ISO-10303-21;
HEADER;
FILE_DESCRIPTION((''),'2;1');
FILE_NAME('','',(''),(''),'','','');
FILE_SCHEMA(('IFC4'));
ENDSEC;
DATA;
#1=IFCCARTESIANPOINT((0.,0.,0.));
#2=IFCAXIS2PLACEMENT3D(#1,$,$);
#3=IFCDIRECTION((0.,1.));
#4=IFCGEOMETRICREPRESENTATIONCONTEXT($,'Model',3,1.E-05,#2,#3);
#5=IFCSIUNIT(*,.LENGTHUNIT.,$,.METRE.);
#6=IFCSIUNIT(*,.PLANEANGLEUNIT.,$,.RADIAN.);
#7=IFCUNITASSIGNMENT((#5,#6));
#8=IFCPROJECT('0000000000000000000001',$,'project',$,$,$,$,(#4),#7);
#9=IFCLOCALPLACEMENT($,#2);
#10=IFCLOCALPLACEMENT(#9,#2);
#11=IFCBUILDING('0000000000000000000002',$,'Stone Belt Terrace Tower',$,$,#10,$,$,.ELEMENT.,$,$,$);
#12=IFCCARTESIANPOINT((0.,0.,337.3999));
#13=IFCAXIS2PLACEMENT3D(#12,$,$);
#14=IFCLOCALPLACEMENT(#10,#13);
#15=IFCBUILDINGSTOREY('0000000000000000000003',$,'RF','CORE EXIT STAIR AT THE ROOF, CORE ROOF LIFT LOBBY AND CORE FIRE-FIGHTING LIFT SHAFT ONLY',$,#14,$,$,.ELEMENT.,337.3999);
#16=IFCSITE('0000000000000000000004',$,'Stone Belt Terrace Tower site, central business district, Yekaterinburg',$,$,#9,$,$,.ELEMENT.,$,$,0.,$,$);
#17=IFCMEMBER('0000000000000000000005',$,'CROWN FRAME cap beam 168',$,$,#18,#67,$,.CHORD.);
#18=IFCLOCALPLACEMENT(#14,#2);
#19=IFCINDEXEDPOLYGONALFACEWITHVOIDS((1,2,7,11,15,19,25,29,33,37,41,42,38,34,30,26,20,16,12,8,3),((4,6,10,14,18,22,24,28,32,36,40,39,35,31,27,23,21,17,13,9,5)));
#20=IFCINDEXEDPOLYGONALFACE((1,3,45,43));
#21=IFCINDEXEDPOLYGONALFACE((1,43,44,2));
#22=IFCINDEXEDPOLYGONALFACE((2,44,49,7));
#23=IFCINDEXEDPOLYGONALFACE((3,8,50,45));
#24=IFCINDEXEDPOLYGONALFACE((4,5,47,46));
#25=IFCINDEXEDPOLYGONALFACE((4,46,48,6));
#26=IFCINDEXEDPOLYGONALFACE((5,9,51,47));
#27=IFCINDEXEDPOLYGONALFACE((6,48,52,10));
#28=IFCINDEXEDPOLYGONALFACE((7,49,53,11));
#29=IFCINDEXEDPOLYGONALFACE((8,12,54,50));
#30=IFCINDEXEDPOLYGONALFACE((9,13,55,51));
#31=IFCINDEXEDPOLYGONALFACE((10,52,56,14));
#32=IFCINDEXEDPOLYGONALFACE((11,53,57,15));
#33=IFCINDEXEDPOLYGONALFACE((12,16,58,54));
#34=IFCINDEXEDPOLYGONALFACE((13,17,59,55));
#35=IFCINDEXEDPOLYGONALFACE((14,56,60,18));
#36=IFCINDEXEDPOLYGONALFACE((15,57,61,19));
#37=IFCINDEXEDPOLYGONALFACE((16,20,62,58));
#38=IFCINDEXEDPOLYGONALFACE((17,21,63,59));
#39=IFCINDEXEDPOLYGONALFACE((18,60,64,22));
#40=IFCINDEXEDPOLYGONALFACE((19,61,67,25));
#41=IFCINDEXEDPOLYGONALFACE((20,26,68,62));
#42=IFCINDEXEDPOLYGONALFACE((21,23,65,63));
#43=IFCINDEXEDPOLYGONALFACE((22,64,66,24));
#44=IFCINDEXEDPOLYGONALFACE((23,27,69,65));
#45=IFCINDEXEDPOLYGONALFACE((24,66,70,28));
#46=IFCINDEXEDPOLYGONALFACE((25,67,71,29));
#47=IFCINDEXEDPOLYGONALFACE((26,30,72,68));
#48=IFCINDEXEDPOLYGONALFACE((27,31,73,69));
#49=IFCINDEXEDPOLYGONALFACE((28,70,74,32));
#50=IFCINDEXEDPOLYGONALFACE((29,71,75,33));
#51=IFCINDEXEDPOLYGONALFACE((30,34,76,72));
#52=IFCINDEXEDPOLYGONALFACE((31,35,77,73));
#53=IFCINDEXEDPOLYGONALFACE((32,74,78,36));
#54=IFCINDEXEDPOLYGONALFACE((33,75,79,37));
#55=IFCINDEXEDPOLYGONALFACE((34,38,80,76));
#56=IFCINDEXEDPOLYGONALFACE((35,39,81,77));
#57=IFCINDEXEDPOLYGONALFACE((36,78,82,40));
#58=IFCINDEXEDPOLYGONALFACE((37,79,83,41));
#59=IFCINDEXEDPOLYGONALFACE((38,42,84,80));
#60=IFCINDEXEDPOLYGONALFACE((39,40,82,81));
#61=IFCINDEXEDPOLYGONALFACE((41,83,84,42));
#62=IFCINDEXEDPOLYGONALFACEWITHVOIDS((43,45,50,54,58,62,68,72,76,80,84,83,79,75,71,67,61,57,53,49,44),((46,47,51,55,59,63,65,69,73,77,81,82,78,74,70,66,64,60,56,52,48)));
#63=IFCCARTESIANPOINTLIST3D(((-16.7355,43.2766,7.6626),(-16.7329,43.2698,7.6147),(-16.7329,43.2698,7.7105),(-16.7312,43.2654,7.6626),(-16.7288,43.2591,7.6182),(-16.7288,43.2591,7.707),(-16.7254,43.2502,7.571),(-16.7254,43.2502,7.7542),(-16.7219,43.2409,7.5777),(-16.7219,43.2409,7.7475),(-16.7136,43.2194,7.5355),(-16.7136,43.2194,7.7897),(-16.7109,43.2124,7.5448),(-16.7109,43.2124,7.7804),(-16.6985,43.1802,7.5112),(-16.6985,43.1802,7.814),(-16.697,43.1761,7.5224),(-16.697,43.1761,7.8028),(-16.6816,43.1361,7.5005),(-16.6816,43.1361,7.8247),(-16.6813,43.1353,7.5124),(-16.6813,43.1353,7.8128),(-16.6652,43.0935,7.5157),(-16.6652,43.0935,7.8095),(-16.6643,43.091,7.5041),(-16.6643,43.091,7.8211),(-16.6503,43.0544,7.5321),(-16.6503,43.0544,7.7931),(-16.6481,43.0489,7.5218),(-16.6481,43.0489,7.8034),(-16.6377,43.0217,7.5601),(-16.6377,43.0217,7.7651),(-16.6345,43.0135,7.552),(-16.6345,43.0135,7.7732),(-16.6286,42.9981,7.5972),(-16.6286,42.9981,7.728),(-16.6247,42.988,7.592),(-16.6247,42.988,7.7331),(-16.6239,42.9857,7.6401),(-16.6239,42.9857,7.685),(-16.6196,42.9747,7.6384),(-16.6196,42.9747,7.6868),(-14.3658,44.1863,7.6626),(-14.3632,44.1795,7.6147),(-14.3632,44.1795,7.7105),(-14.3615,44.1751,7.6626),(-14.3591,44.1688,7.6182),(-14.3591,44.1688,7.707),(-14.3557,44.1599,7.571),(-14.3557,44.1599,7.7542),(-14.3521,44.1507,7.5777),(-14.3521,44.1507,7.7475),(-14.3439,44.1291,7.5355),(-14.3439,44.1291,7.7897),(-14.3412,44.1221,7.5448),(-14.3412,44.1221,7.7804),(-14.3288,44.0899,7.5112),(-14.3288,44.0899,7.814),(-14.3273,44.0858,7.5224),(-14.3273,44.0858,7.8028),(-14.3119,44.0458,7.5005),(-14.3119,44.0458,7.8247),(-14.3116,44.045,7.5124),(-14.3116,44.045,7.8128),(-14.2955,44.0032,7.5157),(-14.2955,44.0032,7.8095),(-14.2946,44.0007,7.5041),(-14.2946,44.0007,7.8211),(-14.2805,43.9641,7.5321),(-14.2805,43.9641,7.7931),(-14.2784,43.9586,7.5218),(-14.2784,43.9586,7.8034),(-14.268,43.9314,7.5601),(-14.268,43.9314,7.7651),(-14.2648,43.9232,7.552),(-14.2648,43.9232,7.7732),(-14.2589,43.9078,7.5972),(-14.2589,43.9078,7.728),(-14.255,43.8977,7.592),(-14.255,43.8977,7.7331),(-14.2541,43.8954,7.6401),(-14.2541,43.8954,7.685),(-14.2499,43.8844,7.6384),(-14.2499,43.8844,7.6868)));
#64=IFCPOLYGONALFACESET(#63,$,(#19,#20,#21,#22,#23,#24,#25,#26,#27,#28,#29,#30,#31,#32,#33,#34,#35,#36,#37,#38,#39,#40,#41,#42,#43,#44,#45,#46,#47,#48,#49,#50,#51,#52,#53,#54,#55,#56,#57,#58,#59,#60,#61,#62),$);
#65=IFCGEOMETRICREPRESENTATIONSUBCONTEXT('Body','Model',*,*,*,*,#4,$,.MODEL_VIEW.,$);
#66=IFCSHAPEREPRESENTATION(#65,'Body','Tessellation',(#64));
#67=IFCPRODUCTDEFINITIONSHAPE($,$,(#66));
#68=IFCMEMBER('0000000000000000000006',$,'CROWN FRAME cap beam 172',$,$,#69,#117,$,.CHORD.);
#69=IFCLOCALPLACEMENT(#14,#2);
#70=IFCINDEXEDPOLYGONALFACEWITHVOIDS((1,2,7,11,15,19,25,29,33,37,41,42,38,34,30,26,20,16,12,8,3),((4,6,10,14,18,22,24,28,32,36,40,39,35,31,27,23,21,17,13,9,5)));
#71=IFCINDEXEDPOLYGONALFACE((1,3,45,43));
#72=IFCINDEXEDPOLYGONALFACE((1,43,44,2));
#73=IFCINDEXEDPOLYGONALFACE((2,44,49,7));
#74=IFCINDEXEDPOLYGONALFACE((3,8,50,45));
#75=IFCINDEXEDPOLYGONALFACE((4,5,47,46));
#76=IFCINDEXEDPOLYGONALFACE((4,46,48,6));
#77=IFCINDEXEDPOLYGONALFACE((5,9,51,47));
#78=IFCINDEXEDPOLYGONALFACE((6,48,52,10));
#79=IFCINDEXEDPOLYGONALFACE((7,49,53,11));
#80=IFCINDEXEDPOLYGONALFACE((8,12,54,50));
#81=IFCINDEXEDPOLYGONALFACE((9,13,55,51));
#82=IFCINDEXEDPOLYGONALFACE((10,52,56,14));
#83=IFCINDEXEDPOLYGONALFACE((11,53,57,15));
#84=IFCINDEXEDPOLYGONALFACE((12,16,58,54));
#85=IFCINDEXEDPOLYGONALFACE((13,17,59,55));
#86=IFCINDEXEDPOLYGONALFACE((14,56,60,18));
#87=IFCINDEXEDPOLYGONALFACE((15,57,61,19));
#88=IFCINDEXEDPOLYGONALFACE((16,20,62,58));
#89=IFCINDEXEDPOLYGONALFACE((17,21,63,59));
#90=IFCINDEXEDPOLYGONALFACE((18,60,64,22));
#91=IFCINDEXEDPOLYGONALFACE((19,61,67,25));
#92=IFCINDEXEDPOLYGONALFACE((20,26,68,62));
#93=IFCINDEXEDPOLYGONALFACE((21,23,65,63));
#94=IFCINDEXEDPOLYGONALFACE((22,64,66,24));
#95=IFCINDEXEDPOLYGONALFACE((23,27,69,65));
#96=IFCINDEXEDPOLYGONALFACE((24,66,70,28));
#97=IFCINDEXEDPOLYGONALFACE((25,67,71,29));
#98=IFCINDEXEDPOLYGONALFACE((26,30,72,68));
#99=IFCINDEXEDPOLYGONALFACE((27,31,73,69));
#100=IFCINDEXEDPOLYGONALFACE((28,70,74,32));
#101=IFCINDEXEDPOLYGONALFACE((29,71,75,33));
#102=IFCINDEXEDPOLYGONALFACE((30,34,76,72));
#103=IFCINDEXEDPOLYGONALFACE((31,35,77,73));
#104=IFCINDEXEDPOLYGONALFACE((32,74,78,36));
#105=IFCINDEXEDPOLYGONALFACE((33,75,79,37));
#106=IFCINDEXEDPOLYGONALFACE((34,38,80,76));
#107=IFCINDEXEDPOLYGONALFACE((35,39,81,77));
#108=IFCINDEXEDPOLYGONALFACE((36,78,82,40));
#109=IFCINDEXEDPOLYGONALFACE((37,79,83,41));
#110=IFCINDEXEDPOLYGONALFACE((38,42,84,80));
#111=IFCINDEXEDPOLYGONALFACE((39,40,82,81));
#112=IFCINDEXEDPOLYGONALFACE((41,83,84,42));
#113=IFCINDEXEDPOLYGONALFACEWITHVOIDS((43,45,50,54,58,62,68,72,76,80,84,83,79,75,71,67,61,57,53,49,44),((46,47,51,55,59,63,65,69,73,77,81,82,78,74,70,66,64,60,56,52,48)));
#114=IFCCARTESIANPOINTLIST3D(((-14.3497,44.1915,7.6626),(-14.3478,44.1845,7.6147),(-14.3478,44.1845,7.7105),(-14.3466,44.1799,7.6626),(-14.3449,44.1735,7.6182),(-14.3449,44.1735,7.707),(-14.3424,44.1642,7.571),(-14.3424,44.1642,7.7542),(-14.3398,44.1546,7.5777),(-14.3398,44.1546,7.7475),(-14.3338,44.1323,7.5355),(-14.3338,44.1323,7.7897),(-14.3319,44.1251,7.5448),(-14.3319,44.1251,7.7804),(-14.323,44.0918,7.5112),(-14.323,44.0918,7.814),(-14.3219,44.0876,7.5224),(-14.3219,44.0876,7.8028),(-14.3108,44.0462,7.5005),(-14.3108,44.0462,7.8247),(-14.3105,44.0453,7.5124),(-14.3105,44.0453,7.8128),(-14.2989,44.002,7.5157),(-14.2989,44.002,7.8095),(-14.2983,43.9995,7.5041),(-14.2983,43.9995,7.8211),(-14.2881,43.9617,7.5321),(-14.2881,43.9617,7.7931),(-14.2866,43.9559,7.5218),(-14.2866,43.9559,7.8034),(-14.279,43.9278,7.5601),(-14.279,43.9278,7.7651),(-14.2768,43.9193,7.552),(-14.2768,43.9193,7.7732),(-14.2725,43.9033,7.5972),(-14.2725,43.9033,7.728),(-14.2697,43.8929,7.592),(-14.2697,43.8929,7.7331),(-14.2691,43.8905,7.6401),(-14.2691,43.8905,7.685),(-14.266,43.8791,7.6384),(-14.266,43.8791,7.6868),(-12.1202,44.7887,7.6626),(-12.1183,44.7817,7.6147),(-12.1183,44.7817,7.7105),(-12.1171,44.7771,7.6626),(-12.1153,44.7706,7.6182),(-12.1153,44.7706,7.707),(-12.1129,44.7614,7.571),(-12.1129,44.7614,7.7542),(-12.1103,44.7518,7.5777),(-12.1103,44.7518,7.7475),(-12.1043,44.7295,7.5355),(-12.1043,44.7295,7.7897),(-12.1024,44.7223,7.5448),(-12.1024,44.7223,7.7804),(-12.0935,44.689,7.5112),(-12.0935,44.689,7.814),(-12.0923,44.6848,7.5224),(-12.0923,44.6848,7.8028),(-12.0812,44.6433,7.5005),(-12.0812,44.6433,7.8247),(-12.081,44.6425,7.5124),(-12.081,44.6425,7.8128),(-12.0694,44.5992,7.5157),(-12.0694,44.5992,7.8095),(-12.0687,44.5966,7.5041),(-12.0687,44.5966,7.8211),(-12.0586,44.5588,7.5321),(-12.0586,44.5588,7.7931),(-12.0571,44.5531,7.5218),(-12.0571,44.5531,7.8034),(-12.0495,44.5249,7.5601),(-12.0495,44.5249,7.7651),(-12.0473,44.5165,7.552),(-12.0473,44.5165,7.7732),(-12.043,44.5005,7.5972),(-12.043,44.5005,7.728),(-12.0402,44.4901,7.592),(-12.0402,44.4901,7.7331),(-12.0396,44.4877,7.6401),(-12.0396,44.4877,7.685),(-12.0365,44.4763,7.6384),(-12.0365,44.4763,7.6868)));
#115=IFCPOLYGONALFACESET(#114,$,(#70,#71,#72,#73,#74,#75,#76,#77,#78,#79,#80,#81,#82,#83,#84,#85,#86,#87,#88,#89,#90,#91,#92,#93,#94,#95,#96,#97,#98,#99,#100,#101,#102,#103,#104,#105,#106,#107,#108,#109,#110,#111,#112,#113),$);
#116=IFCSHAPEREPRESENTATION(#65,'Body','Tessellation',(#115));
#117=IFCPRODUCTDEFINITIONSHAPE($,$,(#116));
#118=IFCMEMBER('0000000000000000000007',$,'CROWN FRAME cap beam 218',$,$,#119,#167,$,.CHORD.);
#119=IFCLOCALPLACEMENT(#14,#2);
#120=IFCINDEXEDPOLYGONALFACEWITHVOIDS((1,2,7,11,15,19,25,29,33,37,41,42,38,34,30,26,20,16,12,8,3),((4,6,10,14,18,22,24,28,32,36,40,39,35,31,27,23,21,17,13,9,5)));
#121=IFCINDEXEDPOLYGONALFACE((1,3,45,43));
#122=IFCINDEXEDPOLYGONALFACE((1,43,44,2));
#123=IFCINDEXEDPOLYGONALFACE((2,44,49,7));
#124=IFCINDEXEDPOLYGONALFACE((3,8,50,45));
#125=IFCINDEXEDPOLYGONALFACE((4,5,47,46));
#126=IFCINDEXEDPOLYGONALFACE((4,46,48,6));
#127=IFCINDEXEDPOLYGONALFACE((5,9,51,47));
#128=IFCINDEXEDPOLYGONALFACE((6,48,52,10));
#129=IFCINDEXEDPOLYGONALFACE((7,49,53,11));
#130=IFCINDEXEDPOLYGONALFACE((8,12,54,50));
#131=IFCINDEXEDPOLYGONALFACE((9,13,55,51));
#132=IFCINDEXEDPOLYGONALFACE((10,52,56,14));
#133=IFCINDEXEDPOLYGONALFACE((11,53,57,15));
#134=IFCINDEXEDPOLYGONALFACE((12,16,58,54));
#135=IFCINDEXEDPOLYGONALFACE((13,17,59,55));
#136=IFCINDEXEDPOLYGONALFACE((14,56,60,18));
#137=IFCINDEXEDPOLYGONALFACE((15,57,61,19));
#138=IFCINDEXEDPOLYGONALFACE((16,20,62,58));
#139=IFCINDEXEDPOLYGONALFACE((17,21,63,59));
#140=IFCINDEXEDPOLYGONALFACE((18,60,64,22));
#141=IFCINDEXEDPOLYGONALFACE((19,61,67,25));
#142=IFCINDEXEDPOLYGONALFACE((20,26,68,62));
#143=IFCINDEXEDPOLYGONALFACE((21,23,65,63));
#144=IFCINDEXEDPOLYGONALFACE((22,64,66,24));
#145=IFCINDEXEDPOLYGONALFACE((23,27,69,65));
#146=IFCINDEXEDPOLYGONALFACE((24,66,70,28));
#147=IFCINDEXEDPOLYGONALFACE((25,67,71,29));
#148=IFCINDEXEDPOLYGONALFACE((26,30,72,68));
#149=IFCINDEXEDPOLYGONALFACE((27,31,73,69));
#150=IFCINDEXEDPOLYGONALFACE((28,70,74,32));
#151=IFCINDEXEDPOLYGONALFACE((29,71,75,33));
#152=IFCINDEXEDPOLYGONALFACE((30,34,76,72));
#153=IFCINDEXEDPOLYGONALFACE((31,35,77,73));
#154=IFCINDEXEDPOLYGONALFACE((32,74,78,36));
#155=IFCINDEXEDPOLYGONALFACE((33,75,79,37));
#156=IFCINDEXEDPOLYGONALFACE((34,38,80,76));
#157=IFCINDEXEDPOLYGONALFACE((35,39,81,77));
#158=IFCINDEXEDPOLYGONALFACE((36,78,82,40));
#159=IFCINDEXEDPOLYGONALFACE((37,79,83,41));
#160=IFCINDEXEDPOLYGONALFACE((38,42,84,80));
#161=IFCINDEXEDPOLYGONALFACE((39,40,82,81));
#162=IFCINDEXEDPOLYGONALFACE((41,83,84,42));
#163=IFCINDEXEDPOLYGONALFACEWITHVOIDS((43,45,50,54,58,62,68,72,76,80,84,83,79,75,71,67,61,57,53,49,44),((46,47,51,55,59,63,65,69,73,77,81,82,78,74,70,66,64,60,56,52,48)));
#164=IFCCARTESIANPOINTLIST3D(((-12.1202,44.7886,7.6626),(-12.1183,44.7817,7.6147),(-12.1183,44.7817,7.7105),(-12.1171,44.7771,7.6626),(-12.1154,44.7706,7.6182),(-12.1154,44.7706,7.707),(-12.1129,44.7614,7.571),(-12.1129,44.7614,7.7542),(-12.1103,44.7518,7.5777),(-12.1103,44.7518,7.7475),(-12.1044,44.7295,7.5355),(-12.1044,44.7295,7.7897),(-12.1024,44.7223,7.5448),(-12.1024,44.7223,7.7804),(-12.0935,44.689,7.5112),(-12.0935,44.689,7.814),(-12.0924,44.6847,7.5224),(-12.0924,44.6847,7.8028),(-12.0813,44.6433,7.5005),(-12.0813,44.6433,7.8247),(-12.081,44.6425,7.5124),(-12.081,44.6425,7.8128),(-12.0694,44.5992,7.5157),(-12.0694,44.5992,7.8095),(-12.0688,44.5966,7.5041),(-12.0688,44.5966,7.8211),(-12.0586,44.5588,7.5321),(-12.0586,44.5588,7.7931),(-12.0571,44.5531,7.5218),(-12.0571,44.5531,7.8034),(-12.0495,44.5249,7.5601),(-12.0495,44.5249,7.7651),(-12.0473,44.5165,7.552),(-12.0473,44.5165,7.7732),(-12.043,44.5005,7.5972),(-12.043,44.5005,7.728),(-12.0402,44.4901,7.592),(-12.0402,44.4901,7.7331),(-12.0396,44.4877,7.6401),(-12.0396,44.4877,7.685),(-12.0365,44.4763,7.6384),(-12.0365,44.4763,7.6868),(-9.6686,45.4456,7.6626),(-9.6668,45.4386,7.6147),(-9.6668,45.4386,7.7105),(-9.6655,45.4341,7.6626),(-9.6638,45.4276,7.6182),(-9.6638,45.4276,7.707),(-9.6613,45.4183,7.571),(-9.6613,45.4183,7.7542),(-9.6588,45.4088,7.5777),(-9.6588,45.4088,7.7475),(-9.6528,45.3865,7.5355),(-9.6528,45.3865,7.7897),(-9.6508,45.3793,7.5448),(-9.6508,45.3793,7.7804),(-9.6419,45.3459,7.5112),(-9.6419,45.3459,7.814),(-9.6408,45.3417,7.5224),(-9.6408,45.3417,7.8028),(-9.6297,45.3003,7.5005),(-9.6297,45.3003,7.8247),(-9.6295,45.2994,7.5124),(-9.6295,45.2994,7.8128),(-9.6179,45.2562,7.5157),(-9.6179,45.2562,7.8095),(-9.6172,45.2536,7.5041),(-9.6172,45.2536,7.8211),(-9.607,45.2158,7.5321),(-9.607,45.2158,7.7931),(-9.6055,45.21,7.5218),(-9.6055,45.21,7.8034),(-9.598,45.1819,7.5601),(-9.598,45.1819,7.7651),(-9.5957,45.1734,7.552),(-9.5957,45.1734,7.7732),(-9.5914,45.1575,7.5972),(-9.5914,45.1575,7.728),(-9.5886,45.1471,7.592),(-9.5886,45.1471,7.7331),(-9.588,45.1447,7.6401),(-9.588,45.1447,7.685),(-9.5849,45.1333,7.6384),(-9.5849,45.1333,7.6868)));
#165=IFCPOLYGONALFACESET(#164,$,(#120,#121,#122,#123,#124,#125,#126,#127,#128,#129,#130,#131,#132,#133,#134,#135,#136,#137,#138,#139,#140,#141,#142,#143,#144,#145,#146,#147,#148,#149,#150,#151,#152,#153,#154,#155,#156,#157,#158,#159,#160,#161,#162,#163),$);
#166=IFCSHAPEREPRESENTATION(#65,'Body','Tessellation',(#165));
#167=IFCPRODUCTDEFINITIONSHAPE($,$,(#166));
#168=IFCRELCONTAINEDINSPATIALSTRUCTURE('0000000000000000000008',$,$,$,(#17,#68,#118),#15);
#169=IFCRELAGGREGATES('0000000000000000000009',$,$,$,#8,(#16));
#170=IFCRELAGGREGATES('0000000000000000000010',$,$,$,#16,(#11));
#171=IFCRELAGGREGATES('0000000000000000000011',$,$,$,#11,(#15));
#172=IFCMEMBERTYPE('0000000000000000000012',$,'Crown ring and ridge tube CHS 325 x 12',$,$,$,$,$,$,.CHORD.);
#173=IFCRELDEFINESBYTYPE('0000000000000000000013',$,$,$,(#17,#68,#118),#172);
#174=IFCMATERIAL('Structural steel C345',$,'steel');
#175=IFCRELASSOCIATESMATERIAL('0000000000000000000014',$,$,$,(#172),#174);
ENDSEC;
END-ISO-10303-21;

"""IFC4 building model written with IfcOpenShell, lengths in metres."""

from ifc_helpers import new_model, si_unit, direction, frame, origin, origin_2d, place, context, subcontext, project, spatial, hollow_circle, extrude, material, material_profile, profile_set, type_object, element, save


model = new_model("IFC4")

# Units and contexts
model_context = context("Model", 3, precision=1e-05, world=origin(), true_north=direction((0.0, 1.0)))
body_context = subcontext(model_context, "Body", "Model", "MODEL_VIEW")
ifc_project = project(units=[si_unit("LENGTHUNIT", "METRE"), si_unit("PLANEANGLEUNIT", "RADIAN")], contexts=[model_context])

# Site, building, storey
site_placement = place(None, origin())
site = spatial("IfcSite", under=ifc_project, at=site_placement, Name="Stone Belt Terrace Tower site, central business district, Yekaterinburg", CompositionType="ELEMENT", RefElevation=0.0)
building_placement = place(site_placement, origin())
building = spatial("IfcBuilding", under=site, at=building_placement, Name="Stone Belt Terrace Tower", CompositionType="ELEMENT")
storey_placement = place(building_placement, frame((0.0, 0.0, 337.3999)))
storey = spatial("IfcBuildingStorey", under=building, at=storey_placement, Name="RF", Description="CORE EXIT STAIR AT THE ROOF, CORE ROOF LIFT LOBBY AND CORE FIRE-FIGHTING LIFT SHAFT ONLY", CompositionType="ELEMENT", Elevation=337.3999)

# Members
ifc_material_1 = material(Name="Structural steel C345", Category="steel")
ifc_material_profile_1 = material_profile(ifc_material_1, hollow_circle(Radius=0.1626, WallThickness=0.012, at=origin_2d()), Name="Structural steel C345 CHS 325x12")
ifc_profile_set_1 = profile_set([ifc_material_profile_1], Name="Structural steel C345")
member_type_1 = type_object("IfcMemberType", Name="Crown ring and ridge tube CHS 325 x 12", PredefinedType="CHORD", material=ifc_profile_set_1)
member_1_placement = place(storey_placement, frame((-16.6772, 43.1248, 7.6626), z_axis=(0.933573, 0.358386, 0.0), x_axis=(-0.358386, 0.933573, 0.0)))
element("IfcMember", 1, at=member_1_placement, inside=storey, type_object=member_type_1, Name="CROWN FRAME cap beam 168", PredefinedType="CHORD", context=body_context, shape_type="SweptSolid", body=[
    extrude(hollow_circle(Radius=0.1626, WallThickness=0.012, at=origin_2d()), origin(), (0.0, 0.0, 1.0), 2.5383),
])
member_2_placement = place(storey_placement, frame((-14.3076, 44.0344, 7.6626), z_axis=(0.96595, 0.258729, 0.0), x_axis=(-0.258729, 0.96595, 0.0)))
element("IfcMember", 2, at=member_2_placement, inside=storey, type_object=member_type_1, Name="CROWN FRAME cap beam 172", PredefinedType="CHORD", context=body_context, shape_type="SweptSolid", body=[
    extrude(hollow_circle(Radius=0.1626, WallThickness=0.012, at=origin_2d()), origin(), (0.0, 0.0, 1.0), 2.3081),
])
member_3_placement = place(storey_placement, frame((-12.0781, 44.6316, 7.6626), z_axis=(0.96592, 0.258842, 0.0), x_axis=(-0.258842, 0.96592, 0.0)))
element("IfcMember", 3, at=member_3_placement, inside=storey, type_object=member_type_1, Name="CROWN FRAME cap beam 218", PredefinedType="CHORD", context=body_context, shape_type="SweptSolid", body=[
    extrude(hollow_circle(Radius=0.1626, WallThickness=0.012, at=origin_2d()), origin(), (0.0, 0.0, 1.0), 2.5381),
])

save(model, "model.ifc")
